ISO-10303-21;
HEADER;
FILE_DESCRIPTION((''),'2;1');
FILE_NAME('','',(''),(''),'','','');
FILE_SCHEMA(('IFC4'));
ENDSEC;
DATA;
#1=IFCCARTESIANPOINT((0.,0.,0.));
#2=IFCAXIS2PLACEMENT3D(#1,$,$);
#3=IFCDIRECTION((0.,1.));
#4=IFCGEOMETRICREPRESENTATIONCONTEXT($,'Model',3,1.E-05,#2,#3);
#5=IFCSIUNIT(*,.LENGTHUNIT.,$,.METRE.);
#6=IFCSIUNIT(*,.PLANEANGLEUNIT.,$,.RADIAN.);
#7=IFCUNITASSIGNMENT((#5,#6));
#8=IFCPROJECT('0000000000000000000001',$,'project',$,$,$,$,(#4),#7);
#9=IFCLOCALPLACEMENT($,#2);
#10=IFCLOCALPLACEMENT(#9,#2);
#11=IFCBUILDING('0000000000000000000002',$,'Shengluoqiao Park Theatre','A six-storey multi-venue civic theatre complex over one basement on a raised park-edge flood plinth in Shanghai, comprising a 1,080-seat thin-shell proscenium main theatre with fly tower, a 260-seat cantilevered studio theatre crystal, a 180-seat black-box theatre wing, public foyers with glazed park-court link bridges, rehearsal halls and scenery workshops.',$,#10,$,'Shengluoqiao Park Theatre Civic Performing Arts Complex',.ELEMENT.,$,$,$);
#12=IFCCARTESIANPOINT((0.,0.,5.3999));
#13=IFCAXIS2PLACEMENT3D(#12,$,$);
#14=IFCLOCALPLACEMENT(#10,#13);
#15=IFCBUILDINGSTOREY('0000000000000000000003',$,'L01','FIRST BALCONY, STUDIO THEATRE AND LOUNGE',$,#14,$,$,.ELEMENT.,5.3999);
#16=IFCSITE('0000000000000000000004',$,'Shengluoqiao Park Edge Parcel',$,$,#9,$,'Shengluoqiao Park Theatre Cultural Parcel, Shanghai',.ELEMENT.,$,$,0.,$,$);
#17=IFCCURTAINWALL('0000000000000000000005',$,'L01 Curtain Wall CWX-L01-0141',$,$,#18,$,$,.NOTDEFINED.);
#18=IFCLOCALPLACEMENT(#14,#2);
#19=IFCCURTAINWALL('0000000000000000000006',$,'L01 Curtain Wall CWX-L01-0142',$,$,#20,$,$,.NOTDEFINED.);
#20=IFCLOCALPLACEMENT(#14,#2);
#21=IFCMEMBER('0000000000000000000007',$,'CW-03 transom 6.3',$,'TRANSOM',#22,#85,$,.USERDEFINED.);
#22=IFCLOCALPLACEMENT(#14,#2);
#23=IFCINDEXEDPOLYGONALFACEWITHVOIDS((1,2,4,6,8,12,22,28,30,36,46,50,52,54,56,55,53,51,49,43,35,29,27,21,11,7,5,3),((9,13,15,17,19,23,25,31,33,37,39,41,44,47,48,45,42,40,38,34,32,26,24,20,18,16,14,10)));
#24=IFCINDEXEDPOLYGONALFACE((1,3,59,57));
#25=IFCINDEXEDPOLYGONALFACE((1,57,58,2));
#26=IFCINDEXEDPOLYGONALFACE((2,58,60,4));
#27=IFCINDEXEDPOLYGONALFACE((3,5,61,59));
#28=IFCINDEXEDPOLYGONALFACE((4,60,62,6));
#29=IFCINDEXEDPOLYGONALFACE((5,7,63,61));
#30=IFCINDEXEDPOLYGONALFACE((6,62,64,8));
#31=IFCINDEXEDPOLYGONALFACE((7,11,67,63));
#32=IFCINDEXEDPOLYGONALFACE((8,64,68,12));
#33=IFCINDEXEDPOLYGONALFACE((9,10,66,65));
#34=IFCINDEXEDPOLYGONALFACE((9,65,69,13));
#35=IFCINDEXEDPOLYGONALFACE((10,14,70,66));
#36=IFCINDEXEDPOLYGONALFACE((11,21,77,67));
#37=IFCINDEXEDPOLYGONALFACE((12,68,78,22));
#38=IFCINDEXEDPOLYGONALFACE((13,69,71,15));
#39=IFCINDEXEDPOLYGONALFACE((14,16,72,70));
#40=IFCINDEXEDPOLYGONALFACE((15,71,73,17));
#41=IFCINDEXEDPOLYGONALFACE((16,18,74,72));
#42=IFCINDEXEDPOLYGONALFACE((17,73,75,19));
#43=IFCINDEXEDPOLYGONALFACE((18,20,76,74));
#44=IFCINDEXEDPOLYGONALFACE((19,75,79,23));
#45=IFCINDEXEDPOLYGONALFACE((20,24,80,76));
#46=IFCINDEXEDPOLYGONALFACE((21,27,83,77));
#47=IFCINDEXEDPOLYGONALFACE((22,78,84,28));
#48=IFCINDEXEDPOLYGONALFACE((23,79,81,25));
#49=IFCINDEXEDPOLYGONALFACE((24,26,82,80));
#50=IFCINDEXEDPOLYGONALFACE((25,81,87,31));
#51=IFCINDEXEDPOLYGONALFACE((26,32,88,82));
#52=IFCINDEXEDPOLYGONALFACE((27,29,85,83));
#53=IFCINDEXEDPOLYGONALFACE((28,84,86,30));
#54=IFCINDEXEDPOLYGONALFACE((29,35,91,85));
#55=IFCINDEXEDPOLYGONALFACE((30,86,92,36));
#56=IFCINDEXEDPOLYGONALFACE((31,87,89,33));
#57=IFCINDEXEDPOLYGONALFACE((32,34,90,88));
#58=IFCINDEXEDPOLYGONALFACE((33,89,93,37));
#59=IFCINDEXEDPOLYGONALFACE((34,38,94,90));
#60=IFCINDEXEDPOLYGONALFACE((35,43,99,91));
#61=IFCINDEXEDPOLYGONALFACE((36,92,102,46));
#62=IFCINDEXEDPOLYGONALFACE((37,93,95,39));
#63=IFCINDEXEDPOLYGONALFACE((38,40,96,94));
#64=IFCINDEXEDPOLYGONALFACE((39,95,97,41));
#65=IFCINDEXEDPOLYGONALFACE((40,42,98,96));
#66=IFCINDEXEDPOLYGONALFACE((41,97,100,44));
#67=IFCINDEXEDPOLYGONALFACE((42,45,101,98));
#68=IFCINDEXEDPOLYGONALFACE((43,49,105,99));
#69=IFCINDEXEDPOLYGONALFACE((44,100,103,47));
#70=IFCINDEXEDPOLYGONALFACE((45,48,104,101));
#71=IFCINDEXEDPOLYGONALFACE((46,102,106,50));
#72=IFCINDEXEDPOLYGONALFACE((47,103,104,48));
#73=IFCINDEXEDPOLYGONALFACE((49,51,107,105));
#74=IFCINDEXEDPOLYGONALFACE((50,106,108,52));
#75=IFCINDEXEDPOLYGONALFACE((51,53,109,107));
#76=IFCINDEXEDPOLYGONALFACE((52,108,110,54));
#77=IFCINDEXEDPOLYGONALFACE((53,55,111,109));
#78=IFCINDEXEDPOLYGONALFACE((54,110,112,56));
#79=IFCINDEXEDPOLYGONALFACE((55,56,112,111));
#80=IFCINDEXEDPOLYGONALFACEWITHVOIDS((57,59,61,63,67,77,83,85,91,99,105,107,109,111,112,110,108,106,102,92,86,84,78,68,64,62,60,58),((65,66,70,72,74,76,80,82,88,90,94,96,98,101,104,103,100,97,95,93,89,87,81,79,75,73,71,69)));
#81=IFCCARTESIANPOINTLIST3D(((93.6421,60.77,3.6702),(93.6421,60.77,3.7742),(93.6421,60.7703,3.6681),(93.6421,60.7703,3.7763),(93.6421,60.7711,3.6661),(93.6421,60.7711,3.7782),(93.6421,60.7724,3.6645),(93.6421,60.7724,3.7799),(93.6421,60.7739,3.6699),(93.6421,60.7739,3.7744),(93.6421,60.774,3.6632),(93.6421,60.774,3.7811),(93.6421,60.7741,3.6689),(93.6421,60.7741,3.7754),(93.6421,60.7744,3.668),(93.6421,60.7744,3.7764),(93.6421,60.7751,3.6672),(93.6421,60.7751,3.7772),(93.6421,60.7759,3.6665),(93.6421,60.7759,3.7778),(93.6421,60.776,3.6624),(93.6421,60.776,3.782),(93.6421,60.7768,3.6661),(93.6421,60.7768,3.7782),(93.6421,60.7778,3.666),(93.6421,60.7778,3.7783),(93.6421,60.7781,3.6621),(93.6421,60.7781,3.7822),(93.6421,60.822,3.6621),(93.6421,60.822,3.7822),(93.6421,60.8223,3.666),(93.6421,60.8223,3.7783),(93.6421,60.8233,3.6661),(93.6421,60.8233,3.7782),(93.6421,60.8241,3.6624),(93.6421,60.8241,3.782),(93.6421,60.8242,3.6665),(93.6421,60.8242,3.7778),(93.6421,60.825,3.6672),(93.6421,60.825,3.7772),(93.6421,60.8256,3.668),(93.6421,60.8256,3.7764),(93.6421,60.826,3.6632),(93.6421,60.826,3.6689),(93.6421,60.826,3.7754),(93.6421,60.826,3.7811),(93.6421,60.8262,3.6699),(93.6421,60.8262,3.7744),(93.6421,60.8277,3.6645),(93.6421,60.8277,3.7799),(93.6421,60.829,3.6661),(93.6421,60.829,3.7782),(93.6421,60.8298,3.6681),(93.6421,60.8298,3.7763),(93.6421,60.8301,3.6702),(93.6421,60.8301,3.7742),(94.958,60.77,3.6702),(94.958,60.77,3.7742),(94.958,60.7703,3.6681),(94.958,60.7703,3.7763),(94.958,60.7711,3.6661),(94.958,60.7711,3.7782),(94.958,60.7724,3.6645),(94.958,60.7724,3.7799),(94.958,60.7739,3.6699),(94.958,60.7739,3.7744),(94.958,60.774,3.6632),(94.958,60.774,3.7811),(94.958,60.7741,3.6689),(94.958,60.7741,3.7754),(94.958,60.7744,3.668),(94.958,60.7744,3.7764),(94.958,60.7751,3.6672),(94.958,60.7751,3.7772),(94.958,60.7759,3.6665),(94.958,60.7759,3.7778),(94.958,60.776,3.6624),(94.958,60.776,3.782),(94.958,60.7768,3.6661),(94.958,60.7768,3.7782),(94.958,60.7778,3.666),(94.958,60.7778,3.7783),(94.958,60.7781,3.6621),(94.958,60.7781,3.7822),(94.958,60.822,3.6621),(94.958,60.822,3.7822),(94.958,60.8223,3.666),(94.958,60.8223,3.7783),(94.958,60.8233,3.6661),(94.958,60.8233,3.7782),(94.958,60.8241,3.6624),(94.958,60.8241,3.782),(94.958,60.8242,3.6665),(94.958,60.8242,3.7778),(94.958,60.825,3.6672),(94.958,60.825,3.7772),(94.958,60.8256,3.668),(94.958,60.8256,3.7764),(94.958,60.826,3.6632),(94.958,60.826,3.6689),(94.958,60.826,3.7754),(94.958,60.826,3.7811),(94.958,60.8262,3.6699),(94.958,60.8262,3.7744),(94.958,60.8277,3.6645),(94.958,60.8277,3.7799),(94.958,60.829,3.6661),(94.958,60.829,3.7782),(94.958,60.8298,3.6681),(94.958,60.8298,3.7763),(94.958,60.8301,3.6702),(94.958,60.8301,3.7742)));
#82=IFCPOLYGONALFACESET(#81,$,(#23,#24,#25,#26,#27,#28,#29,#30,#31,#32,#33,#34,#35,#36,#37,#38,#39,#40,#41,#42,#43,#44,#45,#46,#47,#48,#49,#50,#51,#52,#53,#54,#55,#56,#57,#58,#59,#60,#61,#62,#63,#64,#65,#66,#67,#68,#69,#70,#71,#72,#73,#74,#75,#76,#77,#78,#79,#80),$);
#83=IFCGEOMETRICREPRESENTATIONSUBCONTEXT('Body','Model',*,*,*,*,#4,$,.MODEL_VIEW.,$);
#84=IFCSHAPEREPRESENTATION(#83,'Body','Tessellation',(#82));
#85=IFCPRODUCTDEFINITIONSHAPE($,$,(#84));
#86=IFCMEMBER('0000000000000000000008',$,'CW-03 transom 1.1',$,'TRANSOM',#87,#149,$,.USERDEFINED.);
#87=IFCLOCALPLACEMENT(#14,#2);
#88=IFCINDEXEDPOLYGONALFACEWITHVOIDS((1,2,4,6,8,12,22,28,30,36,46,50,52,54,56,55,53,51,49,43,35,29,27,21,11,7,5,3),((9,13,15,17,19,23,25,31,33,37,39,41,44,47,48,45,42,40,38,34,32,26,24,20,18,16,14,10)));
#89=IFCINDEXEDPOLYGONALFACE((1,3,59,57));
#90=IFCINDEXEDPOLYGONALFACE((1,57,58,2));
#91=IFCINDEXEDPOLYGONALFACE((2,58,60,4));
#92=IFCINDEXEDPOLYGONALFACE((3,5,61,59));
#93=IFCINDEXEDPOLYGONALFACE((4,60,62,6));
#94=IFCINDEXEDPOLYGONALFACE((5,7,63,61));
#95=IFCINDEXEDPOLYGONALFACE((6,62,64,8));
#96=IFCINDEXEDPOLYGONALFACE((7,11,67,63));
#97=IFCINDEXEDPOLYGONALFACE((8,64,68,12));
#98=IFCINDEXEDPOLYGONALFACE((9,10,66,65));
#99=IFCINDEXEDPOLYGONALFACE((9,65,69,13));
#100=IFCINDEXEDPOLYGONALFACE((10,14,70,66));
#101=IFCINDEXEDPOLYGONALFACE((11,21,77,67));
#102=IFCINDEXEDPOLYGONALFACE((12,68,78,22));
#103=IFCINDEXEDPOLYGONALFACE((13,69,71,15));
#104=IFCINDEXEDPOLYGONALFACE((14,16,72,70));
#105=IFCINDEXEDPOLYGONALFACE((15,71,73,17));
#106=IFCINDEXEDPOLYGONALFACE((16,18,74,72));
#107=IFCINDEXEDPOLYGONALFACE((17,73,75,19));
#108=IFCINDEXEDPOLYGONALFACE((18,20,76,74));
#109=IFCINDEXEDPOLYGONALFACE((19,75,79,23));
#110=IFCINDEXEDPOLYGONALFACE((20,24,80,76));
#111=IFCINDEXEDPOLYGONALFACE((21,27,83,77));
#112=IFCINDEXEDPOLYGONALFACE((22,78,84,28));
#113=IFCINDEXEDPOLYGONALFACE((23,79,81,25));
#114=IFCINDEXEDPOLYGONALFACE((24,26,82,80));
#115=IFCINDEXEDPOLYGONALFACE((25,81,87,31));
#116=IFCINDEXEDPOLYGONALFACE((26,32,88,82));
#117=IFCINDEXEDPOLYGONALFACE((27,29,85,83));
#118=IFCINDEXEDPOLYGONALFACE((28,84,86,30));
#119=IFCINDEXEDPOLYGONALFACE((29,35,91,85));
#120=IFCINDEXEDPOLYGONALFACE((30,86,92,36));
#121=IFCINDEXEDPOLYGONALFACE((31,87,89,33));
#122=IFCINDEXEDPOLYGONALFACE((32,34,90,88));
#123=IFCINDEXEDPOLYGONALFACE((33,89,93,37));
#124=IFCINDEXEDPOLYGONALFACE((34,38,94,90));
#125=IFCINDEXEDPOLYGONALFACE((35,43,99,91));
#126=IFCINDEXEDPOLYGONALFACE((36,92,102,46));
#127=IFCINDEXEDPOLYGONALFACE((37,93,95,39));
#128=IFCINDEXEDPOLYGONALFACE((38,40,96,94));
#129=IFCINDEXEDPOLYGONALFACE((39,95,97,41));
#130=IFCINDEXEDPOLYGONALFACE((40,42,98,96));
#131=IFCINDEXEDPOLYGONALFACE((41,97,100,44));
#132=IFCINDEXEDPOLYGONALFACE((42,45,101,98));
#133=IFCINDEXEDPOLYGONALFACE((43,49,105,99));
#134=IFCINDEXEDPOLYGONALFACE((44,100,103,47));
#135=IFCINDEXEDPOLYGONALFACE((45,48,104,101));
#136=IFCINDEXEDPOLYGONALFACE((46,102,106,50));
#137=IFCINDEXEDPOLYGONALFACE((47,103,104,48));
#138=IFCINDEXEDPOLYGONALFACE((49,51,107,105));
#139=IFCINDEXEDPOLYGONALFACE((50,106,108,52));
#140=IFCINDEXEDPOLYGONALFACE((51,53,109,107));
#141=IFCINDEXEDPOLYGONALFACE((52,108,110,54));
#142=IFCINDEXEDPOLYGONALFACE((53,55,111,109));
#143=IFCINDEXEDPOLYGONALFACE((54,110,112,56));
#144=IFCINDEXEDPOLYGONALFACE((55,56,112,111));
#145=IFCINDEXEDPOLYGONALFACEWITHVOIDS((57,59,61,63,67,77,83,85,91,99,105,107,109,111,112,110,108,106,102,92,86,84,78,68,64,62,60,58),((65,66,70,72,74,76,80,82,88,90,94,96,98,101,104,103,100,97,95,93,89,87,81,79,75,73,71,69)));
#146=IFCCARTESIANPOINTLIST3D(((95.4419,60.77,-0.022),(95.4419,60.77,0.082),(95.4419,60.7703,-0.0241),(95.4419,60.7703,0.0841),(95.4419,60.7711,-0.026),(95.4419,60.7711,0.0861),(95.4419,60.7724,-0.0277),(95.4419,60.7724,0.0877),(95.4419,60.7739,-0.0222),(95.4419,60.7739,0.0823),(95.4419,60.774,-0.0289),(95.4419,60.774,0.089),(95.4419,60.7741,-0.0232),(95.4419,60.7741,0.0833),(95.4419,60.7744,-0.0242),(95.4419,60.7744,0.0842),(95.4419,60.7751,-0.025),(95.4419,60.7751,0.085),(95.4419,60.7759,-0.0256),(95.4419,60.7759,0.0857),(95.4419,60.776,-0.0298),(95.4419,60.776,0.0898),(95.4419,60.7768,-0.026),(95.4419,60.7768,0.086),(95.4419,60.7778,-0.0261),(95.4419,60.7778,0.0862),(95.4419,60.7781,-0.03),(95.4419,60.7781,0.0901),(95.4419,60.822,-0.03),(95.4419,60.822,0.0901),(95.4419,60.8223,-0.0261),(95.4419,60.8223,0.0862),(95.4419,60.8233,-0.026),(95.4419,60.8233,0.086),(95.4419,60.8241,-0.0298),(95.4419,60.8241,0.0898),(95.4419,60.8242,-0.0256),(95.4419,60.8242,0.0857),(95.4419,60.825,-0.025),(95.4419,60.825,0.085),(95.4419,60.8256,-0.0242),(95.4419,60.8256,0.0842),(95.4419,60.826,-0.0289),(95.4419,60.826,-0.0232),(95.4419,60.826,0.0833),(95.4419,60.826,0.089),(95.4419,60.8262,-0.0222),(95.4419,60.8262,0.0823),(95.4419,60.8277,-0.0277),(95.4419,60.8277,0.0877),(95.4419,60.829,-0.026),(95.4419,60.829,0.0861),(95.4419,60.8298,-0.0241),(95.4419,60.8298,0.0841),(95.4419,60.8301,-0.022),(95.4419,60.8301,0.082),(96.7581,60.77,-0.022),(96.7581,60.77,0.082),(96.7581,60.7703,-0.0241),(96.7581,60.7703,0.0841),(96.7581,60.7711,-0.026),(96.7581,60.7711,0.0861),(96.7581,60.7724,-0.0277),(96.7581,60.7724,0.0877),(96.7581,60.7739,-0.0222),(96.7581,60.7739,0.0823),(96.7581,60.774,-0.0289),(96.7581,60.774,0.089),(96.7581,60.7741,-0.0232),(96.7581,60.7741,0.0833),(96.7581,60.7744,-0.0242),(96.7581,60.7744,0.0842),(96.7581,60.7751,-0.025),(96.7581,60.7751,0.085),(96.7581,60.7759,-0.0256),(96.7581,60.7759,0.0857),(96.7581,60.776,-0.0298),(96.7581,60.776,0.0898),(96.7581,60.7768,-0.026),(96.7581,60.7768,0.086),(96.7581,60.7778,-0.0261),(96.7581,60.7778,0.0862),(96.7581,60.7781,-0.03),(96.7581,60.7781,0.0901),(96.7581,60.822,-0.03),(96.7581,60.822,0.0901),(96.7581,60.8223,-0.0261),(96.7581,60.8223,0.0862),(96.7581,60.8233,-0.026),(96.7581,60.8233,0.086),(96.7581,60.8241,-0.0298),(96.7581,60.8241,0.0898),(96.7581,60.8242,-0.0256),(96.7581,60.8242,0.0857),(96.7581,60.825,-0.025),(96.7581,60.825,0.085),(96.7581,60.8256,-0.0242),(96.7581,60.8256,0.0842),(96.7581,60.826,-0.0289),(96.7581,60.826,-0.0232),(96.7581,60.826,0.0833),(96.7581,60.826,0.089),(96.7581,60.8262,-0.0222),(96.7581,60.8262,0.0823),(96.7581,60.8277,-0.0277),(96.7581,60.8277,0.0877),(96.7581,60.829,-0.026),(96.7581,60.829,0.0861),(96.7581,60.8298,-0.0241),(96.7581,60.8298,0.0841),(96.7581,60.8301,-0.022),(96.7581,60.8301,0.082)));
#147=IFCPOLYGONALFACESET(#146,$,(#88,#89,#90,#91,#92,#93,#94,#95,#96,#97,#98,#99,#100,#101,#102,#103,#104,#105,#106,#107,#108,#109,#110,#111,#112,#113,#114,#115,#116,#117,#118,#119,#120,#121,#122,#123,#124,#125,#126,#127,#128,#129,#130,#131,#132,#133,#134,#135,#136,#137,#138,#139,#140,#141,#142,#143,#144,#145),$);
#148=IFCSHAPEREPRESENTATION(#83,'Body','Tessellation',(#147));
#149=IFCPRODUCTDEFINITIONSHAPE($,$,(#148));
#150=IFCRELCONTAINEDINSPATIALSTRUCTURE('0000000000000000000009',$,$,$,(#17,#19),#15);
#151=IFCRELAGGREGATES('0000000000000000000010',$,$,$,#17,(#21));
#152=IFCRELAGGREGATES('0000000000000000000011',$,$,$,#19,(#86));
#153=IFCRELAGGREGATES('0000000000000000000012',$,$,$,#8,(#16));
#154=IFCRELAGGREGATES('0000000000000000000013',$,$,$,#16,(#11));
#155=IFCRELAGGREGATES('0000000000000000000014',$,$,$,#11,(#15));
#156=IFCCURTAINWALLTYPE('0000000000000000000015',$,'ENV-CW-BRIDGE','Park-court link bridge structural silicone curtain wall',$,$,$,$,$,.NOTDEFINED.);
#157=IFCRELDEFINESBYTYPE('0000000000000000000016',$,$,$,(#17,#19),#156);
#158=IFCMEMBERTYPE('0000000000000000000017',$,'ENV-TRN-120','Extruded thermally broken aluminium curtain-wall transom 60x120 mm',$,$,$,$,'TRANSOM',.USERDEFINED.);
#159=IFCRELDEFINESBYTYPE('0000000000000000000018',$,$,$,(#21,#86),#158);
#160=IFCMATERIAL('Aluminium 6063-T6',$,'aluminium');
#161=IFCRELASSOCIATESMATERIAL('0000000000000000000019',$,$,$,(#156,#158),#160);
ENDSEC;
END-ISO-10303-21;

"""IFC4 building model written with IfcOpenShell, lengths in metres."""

from ifc_helpers import new_model, si_unit, direction, frame, origin, origin_2d, place, context, subcontext, project, spatial, hollow_rectangle, extrude, material, material_profile, profile_set, type_object, element, aggregate, save


model = new_model("IFC4")

# Units and contexts
model_context = context("Model", 3, precision=1e-05, world=origin(), true_north=direction((0.0, 1.0)))
body_context = subcontext(model_context, "Body", "Model", "MODEL_VIEW")
ifc_project = project(units=[si_unit("LENGTHUNIT", "METRE"), si_unit("PLANEANGLEUNIT", "RADIAN")], contexts=[model_context])

# Site, building, storey
site_placement = place(None, origin())
site = spatial("IfcSite", under=ifc_project, at=site_placement, Name="Shengluoqiao Park Edge Parcel", LongName="Shengluoqiao Park Theatre Cultural Parcel, Shanghai", CompositionType="ELEMENT", RefElevation=0.0)
building_placement = place(site_placement, origin())
building = spatial("IfcBuilding", under=site, at=building_placement, Name="Shengluoqiao Park Theatre", Description="A six-storey multi-venue civic theatre complex over one basement on a raised park-edge flood plinth in Shanghai, comprising a 1,080-seat thin-shell proscenium main theatre with fly tower, a 260-seat cantilevered studio theatre crystal, a 180-seat black-box theatre wing, public foyers with glazed park-court link bridges, rehearsal halls and scenery workshops.", LongName="Shengluoqiao Park Theatre Civic Performing Arts Complex", CompositionType="ELEMENT")
storey_placement = place(building_placement, frame((0.0, 0.0, 5.3999)))
storey = spatial("IfcBuildingStorey", under=building, at=storey_placement, Name="L01", Description="FIRST BALCONY, STUDIO THEATRE AND LOUNGE", CompositionType="ELEMENT", Elevation=5.3999)

# Shared definitions
ifc_material_1 = material(Name="Aluminium 6063-T6", Category="aluminium")
curtain_wall_type = type_object("IfcCurtainWallType", Name="ENV-CW-BRIDGE", Description="Park-court link bridge structural silicone curtain wall", PredefinedType="NOTDEFINED", material=ifc_material_1)

# Curtain walls
curtain_wall_1_placement = place(storey_placement, origin())
curtain_wall_1 = element("IfcCurtainWall", 1, at=curtain_wall_1_placement, inside=storey, type_object=curtain_wall_type, Name="L01 Curtain Wall CWX-L01-0141", PredefinedType="NOTDEFINED")
curtain_wall_2_placement = place(storey_placement, origin())
curtain_wall_2 = element("IfcCurtainWall", 2, at=curtain_wall_2_placement, inside=storey, type_object=curtain_wall_type, Name="L01 Curtain Wall CWX-L01-0142", PredefinedType="NOTDEFINED")

# Members
ifc_material_profile_1 = material_profile(ifc_material_1, hollow_rectangle(XDim=0.0601, YDim=0.1201, WallThickness=0.0039, InnerFilletRadius=0.0039, OuterFilletRadius=0.0081, at=origin_2d()), Name="ALU TRANSOM 120x60x4")
ifc_profile_set_1 = profile_set([ifc_material_profile_1], Name="Aluminium 6063-T6")
member_type_1 = type_object("IfcMemberType", Name="ENV-TRN-120", Description="Extruded thermally broken aluminium curtain-wall transom 60x120 mm", ElementType="TRANSOM", PredefinedType="USERDEFINED", material=ifc_profile_set_1)
member_1_placement = place(storey_placement, frame((93.6421, 60.8, 3.7222), z_axis=(1.0, 0.0, 0.0), x_axis=(0.0, 1.0, 0.0)))
member_1 = element("IfcMember", 3, at=member_1_placement, type_object=member_type_1, Name="CW-03 transom 6.3", ObjectType="TRANSOM", PredefinedType="USERDEFINED", context=body_context, shape_type="SweptSolid", body=[
    extrude(hollow_rectangle(XDim=0.0601, YDim=0.1201, WallThickness=0.0039, InnerFilletRadius=0.0039, OuterFilletRadius=0.0081, at=origin_2d()), origin(), (0.0, 0.0, 1.0), 1.3159),
])
member_2_placement = place(storey_placement, frame((95.4419, 60.8, 0.03), z_axis=(1.0, 0.0, 0.0), x_axis=(0.0, 1.0, 0.0)))
member_2 = element("IfcMember", 4, at=member_2_placement, type_object=member_type_1, Name="CW-03 transom 1.1", ObjectType="TRANSOM", PredefinedType="USERDEFINED", context=body_context, shape_type="SweptSolid", body=[
    extrude(hollow_rectangle(XDim=0.0601, YDim=0.1201, WallThickness=0.0039, InnerFilletRadius=0.0039, OuterFilletRadius=0.0081, at=origin_2d()), origin(), (0.0, 0.0, 1.0), 1.3162),
])

aggregate(curtain_wall_1, [member_1])
aggregate(curtain_wall_2, [member_2])

save(model, "model.ifc")
